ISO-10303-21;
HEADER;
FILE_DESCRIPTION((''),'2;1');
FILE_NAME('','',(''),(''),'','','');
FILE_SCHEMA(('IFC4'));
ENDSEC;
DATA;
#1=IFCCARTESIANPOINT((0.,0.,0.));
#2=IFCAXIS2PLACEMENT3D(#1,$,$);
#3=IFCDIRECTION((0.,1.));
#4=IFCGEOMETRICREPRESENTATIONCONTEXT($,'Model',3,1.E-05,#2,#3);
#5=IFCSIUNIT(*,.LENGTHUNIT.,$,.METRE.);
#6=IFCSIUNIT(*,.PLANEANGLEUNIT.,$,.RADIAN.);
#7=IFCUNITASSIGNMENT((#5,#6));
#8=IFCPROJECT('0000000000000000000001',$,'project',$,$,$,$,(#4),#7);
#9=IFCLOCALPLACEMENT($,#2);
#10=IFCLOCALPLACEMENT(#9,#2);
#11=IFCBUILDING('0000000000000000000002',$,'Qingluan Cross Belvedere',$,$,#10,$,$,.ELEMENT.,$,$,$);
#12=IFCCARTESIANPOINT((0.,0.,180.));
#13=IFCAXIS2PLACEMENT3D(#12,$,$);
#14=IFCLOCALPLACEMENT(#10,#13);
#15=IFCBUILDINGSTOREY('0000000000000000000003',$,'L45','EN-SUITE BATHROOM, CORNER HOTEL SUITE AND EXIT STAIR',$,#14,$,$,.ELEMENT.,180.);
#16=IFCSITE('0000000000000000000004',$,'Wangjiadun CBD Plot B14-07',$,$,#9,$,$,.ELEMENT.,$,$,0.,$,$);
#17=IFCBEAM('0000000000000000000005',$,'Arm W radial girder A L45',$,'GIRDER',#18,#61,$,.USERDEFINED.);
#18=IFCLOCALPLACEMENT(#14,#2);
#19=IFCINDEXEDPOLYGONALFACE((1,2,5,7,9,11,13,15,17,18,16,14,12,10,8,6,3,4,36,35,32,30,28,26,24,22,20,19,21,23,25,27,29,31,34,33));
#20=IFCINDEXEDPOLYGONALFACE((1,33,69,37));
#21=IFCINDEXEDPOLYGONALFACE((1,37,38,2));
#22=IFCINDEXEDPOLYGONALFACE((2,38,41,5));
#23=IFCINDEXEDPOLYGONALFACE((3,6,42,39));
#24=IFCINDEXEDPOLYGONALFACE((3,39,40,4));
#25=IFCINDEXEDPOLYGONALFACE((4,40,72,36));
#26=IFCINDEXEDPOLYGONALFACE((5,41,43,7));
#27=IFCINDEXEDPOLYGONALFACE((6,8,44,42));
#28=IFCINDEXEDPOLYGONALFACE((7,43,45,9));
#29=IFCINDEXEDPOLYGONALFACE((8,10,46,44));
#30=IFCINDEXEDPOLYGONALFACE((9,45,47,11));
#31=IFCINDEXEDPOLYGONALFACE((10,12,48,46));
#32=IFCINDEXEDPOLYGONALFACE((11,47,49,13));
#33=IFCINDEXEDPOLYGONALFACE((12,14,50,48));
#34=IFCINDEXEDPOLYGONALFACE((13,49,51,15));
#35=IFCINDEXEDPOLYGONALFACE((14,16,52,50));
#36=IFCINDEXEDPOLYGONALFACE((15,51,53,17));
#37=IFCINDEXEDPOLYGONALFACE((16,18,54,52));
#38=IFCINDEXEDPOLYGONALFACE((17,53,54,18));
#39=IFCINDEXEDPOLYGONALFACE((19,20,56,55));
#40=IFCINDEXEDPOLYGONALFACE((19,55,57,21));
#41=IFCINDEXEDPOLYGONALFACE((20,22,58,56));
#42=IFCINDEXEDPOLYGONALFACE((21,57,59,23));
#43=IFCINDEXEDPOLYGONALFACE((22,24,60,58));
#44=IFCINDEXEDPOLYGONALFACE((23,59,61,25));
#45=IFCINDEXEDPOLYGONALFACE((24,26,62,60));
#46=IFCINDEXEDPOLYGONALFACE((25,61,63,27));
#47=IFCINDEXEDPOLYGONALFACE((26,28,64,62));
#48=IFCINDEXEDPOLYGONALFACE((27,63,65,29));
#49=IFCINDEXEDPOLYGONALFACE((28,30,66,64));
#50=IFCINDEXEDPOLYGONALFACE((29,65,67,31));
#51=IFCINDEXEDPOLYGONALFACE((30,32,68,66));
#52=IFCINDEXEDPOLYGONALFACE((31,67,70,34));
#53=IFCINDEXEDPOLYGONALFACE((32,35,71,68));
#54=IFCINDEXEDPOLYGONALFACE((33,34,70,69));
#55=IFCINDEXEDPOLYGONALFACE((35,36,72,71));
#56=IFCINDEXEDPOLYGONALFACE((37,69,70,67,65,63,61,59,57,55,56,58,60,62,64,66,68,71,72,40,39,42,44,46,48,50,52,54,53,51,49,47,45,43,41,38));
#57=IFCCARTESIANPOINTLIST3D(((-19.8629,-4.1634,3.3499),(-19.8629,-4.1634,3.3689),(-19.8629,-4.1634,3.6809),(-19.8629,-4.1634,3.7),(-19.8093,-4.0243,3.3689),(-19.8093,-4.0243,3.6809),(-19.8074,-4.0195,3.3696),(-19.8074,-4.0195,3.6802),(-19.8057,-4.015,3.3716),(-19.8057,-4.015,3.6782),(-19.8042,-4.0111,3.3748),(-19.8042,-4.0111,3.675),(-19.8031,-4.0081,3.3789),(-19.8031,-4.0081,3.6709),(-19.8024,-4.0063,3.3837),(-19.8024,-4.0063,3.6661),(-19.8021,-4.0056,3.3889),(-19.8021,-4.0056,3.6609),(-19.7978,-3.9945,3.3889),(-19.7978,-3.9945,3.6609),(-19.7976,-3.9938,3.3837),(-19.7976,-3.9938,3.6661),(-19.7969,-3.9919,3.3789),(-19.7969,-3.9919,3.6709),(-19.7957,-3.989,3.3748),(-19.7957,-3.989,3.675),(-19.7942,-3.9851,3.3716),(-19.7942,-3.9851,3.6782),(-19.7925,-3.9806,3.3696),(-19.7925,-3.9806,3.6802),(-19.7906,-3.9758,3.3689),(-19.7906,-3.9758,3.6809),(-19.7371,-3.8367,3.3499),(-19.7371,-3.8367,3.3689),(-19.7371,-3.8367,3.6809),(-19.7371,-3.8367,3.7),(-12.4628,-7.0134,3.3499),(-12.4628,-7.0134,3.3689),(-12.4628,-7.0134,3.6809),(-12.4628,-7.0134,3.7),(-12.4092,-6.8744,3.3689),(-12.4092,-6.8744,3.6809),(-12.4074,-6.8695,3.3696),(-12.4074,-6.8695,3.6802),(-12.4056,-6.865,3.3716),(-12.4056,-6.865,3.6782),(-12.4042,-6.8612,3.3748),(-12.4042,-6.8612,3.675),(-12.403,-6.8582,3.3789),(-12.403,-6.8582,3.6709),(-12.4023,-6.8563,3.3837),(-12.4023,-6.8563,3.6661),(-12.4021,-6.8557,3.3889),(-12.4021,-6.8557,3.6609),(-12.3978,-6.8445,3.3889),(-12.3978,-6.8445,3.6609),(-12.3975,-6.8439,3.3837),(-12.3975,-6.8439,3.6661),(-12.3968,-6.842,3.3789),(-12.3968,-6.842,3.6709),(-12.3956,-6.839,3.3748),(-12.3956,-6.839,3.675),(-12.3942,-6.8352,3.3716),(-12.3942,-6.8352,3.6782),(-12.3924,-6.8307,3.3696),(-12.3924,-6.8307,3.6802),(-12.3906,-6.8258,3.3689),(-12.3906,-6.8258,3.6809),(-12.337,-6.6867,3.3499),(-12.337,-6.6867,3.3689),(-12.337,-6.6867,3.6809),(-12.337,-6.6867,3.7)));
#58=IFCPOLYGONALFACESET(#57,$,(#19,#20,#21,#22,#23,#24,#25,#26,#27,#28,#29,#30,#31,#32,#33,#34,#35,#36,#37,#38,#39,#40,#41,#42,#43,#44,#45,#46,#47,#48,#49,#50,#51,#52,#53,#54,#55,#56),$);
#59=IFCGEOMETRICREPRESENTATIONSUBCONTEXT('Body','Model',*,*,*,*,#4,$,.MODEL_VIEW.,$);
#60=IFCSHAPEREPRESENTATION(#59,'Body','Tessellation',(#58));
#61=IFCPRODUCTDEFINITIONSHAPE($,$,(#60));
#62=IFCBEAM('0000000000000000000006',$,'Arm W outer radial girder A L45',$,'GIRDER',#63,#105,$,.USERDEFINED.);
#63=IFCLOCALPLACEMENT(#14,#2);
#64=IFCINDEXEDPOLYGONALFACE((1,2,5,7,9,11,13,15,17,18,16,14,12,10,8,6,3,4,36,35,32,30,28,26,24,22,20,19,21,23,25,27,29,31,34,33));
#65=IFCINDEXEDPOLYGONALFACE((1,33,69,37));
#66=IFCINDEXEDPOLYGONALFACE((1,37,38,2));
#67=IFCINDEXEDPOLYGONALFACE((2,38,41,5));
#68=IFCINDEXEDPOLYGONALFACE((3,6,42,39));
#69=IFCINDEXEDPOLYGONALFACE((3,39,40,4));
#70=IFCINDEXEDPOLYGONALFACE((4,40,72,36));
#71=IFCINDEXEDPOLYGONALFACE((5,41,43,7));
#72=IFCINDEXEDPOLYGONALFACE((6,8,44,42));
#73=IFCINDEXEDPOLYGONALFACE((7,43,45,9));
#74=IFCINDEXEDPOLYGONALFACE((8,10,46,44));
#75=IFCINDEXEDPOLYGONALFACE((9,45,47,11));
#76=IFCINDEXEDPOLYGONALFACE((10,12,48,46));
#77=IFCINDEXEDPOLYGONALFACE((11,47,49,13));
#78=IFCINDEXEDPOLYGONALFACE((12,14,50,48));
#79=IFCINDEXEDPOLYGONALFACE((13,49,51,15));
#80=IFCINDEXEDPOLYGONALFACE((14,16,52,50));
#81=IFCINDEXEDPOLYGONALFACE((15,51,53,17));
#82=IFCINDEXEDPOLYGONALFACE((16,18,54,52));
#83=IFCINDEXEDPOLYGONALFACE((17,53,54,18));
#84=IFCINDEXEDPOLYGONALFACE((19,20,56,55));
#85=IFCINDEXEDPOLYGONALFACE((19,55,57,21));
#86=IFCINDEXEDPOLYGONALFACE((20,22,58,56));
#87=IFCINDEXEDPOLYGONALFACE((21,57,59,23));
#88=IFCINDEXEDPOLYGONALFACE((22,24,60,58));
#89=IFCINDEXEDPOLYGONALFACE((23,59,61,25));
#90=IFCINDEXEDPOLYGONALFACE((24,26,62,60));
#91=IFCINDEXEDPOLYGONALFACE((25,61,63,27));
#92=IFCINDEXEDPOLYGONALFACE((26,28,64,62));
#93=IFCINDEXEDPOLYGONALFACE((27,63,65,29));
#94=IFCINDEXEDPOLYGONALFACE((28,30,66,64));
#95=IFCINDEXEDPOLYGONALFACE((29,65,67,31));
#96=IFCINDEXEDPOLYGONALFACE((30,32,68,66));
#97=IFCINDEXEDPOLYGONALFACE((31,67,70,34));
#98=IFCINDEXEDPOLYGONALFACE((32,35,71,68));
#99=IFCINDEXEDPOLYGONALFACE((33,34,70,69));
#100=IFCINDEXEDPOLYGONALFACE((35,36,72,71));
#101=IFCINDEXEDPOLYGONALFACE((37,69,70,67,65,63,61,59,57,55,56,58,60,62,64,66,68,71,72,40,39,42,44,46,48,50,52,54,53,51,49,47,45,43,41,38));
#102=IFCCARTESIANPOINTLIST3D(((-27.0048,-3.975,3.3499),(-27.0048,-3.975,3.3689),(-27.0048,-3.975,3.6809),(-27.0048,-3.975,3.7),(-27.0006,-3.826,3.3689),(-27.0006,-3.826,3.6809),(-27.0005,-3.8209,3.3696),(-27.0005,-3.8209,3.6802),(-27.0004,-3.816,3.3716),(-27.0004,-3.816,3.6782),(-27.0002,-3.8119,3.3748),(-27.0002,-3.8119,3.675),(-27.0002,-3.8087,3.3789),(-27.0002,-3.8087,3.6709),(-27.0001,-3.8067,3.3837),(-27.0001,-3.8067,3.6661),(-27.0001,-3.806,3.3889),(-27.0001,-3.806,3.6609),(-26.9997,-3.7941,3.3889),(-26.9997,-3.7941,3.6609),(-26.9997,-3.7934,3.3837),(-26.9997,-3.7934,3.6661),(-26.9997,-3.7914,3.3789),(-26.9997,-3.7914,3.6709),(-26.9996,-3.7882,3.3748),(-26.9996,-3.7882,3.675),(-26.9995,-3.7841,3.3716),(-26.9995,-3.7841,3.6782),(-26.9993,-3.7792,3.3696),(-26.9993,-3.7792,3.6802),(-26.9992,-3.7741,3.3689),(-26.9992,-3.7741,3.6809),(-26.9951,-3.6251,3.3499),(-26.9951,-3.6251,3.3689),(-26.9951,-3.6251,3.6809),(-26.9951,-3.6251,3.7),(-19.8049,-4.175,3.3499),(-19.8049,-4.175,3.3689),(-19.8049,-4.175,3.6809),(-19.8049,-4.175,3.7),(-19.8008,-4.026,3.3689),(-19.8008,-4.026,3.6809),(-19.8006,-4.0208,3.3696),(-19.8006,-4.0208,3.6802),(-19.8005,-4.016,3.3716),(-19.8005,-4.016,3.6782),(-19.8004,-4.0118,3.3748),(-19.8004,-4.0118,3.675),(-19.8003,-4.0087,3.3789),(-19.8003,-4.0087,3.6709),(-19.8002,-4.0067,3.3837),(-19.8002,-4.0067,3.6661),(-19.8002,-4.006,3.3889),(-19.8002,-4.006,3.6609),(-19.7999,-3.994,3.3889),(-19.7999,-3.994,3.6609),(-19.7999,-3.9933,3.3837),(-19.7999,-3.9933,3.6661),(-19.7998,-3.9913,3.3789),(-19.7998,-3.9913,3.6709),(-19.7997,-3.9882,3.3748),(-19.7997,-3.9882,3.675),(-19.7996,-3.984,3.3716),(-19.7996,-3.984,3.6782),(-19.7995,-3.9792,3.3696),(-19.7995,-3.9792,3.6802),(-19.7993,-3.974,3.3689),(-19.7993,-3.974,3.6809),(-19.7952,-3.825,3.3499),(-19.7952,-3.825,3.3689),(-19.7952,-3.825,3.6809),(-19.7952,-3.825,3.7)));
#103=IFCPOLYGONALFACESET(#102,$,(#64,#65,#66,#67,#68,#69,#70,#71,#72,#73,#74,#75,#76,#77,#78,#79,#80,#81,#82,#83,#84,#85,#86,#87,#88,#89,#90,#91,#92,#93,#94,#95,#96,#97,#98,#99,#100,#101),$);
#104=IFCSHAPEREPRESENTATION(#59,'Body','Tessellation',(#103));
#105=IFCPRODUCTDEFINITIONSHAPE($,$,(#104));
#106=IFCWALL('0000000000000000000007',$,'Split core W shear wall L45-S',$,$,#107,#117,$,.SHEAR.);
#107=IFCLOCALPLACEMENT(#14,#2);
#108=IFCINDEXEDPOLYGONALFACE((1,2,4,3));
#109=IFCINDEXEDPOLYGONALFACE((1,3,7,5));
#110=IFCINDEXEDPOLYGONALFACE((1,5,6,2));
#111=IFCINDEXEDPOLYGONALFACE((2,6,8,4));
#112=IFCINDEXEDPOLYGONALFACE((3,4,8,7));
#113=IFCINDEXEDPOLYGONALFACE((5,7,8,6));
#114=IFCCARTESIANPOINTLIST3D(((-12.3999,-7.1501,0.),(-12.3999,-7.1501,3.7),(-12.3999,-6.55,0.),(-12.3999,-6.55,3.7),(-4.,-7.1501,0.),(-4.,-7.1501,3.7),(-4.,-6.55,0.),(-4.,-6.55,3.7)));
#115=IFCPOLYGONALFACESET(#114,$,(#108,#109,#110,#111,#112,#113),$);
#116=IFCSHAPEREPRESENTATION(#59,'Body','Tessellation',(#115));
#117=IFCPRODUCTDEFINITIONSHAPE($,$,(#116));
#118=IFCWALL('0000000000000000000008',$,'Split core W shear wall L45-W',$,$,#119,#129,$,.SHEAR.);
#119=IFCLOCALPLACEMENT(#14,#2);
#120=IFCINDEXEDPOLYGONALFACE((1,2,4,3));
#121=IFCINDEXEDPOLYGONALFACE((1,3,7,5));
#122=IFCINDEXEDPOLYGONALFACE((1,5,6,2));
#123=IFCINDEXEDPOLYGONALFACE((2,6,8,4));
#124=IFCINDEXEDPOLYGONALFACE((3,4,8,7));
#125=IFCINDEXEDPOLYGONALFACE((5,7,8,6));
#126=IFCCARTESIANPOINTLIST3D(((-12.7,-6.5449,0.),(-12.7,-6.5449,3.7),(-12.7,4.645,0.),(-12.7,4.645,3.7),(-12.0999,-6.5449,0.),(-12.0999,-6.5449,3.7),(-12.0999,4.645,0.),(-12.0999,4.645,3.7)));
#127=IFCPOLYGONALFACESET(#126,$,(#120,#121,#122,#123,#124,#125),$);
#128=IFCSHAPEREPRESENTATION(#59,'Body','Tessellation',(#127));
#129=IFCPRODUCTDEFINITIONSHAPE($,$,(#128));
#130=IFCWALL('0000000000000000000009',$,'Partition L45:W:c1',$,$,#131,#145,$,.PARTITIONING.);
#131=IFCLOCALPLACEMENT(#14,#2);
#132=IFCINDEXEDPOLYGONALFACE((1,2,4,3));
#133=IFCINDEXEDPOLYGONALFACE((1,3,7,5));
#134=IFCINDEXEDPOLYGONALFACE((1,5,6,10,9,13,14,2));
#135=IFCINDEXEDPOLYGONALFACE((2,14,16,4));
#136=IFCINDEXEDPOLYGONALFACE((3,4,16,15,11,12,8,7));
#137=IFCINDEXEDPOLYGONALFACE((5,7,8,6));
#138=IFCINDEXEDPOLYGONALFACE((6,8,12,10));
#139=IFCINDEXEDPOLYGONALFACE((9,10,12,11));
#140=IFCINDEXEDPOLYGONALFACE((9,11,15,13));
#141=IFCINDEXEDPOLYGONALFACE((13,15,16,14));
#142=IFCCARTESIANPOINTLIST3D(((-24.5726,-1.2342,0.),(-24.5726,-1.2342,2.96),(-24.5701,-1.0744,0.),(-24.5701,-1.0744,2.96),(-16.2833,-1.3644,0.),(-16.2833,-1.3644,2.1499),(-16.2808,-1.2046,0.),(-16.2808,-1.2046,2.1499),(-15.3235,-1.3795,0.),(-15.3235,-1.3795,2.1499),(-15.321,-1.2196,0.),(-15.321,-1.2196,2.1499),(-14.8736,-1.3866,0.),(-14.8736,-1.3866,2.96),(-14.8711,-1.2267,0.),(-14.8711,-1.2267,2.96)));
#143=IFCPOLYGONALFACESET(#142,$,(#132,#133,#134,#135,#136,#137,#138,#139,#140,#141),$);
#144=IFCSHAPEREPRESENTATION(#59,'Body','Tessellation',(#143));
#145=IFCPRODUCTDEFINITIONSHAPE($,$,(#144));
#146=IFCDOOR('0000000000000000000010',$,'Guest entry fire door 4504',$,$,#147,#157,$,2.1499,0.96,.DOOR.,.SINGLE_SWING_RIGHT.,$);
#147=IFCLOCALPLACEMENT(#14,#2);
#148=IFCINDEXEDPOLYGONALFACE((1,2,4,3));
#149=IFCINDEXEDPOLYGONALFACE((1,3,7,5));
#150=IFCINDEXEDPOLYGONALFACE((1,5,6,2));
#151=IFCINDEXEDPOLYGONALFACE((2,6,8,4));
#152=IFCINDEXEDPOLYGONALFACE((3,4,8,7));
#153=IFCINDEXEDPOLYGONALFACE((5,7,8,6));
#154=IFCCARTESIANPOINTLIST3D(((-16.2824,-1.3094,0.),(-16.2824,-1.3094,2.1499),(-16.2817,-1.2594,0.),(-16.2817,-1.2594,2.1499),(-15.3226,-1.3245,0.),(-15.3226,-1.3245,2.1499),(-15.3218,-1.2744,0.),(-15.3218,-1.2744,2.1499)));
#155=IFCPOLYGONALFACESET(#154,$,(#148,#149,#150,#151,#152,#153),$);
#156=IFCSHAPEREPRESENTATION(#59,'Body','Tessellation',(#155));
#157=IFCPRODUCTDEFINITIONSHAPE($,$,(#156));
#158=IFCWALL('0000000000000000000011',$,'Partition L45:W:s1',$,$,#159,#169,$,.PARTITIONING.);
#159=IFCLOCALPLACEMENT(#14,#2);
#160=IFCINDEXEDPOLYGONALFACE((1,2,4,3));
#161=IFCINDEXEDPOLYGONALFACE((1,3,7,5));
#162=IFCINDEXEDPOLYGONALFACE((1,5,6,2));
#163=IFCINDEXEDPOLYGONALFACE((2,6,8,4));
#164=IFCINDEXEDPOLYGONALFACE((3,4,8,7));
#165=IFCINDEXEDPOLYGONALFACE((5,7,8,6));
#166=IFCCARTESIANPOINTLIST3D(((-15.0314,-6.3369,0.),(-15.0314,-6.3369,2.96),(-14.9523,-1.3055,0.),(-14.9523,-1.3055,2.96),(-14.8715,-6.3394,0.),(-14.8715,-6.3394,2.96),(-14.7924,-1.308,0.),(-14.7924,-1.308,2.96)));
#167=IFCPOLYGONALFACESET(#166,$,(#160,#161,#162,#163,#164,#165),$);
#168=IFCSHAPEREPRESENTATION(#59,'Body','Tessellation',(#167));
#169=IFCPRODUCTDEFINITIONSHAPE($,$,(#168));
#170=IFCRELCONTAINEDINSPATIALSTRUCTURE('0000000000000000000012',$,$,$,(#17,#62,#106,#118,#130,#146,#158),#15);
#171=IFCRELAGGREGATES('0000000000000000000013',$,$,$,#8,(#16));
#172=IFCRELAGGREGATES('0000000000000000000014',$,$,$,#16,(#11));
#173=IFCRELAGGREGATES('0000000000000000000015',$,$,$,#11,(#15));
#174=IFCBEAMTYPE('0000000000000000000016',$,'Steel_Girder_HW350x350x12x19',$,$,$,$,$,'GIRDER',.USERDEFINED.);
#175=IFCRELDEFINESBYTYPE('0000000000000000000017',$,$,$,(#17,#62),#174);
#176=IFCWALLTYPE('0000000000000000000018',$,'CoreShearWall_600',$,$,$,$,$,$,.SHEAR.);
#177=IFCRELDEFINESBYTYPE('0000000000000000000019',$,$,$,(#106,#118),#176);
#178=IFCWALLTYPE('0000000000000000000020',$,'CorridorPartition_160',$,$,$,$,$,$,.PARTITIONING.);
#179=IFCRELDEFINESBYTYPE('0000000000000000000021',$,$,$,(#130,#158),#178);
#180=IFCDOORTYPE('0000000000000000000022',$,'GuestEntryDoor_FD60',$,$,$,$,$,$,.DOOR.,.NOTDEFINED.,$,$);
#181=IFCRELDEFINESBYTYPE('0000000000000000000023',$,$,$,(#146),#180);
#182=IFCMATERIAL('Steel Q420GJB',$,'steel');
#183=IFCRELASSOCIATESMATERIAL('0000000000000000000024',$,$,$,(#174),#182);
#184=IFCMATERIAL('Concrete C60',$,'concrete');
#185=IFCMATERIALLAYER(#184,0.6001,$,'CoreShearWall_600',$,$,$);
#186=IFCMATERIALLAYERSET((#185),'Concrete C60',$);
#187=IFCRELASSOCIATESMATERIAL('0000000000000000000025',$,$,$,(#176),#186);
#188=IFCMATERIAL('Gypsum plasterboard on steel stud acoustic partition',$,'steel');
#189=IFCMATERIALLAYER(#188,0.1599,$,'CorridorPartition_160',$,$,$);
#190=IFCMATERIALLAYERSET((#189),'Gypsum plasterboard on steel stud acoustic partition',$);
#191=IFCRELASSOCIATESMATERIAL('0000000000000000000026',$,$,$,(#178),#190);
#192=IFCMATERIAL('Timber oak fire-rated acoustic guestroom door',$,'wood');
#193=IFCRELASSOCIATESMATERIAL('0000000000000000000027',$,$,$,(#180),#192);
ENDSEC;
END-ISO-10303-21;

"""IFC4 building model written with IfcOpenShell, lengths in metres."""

from ifc_helpers import new_model, si_unit, direction, frame, frame_2d, origin, origin_2d, place, context, subcontext, project, spatial, rectangle, i_section, extrude, material, layer, layer_set, material_profile, profile_set, type_object, element, fill, save


model = new_model("IFC4")

# Units and contexts
model_context = context("Model", 3, precision=1e-05, world=origin(), true_north=direction((0.0, 1.0)))
body_context = subcontext(model_context, "Body", "Model", "MODEL_VIEW")
ifc_project = project(units=[si_unit("LENGTHUNIT", "METRE"), si_unit("PLANEANGLEUNIT", "RADIAN")], contexts=[model_context])

# Site, building, storey
site_placement = place(None, origin())
site = spatial("IfcSite", under=ifc_project, at=site_placement, Name="Wangjiadun CBD Plot B14-07", CompositionType="ELEMENT", RefElevation=0.0)
building_placement = place(site_placement, origin())
building = spatial("IfcBuilding", under=site, at=building_placement, Name="Qingluan Cross Belvedere", CompositionType="ELEMENT")
storey_placement = place(building_placement, frame((0.0, 0.0, 180.0)))
storey = spatial("IfcBuildingStorey", under=building, at=storey_placement, Name="L45", Description="EN-SUITE BATHROOM, CORNER HOTEL SUITE AND EXIT STAIR", CompositionType="ELEMENT", Elevation=180.0)

# Beams
ifc_material_1 = material(Name="Steel Q420GJB", Category="steel")
ifc_material_profile_1 = material_profile(ifc_material_1, i_section(OverallWidth=0.3501, OverallDepth=0.3501, WebThickness=0.012, FlangeThickness=0.019, FilletRadius=0.02, at=origin_2d()), Name="HW350x350x12x19")
ifc_profile_set_1 = profile_set([ifc_material_profile_1], Name="Steel Q420GJB")
beam_type_1 = type_object("IfcBeamType", Name="Steel_Girder_HW350x350x12x19", ElementType="GIRDER", PredefinedType="USERDEFINED", material=ifc_profile_set_1)
beam_1_placement = place(storey_placement, frame((-12.3999, -6.8501, 3.5249), z_axis=(-0.933181, 0.359406, 0.0), x_axis=(-0.359406, -0.933181, 0.0)))
element("IfcBeam", 1, at=beam_1_placement, inside=storey, type_object=beam_type_1, Name="Arm W radial girder A L45", ObjectType="GIRDER", PredefinedType="USERDEFINED", context=body_context, shape_type="SweptSolid", body=[
    extrude(i_section(OverallWidth=0.3501, OverallDepth=0.3501, WebThickness=0.012, FlangeThickness=0.019, FilletRadius=0.02, at=origin_2d()), origin(), (0.0, 0.0, 1.0), 7.9299),
])
beam_2_placement = place(storey_placement, frame((-19.8, -4.0, 3.5249), z_axis=(-0.999615, 0.02776, 0.0), x_axis=(-0.02776, -0.999615, 0.0)))
element("IfcBeam", 2, at=beam_2_placement, inside=storey, type_object=beam_type_1, Name="Arm W outer radial girder A L45", ObjectType="GIRDER", PredefinedType="USERDEFINED", context=body_context, shape_type="SweptSolid", body=[
    extrude(i_section(OverallWidth=0.3501, OverallDepth=0.3501, WebThickness=0.012, FlangeThickness=0.019, FilletRadius=0.02, at=origin_2d()), origin(), (0.0, 0.0, 1.0), 7.2026),
])

# Walls
ifc_material_2 = material(Name="Concrete C60", Category="concrete")
ifc_layer_1 = layer(ifc_material_2, 0.6001, Name="CoreShearWall_600")
ifc_layer_set_1 = layer_set([ifc_layer_1], Name="Concrete C60")
wall_type_1 = type_object("IfcWallType", Name="CoreShearWall_600", PredefinedType="SHEAR", material=ifc_layer_set_1)
wall_1_placement = place(storey_placement, frame((-12.3999, -6.8501, 0.0), z_axis=(0.0, 0.0, 1.0), x_axis=(1.0, 0.0, 0.0)))
element("IfcWall", 3, at=wall_1_placement, inside=storey, type_object=wall_type_1, Name="Split core W shear wall L45-S", PredefinedType="SHEAR", context=body_context, shape_type="SweptSolid", body=[
    extrude(rectangle(XDim=8.3999, YDim=0.6001, at=frame_2d((4.2, 0.0))), origin(), (0.0, 0.0, 1.0), 3.7),
])
wall_2_placement = place(storey_placement, frame((-12.3999, -6.5449, 0.0), z_axis=(0.0, 0.0, 1.0), x_axis=(0.0, 1.0, 0.0)))
element("IfcWall", 4, at=wall_2_placement, inside=storey, type_object=wall_type_1, Name="Split core W shear wall L45-W", PredefinedType="SHEAR", context=body_context, shape_type="SweptSolid", body=[
    extrude(rectangle(XDim=11.1899, YDim=0.6001, at=frame_2d((5.595, 0.0))), origin(), (0.0, 0.0, 1.0), 3.7),
])

# Wall, opening, door
ifc_material_3 = material(Name="Gypsum plasterboard on steel stud acoustic partition", Category="steel")
ifc_layer_2 = layer(ifc_material_3, 0.1599, Name="CorridorPartition_160")
ifc_layer_set_2 = layer_set([ifc_layer_2], Name="Gypsum plasterboard on steel stud acoustic partition")
wall_type_2 = type_object("IfcWallType", Name="CorridorPartition_160", PredefinedType="PARTITIONING", material=ifc_layer_set_2)
wall_3_placement = place(storey_placement, frame((-14.8723, -1.3066, 0.0), z_axis=(0.0, 0.0, 1.0), x_axis=(-0.999877, 0.015705, 0.0)))
wall_3 = element("IfcWall", 5, at=wall_3_placement, inside=storey, type_object=wall_type_2, Name="Partition L45:W:c1", PredefinedType="PARTITIONING", context=body_context, shape_type="SweptSolid", body=[
    extrude(rectangle(XDim=9.7002, YDim=0.1599, at=frame_2d((4.8501, 0.0))), origin(), (0.0, 0.0, 1.0), 2.96),
])
opening_1_placement = place(wall_3_placement, frame((0.45, 0.0, 0.0)))
opening_1 = element("IfcOpeningElement", 6, at=opening_1_placement, cuts=wall_3, PredefinedType="OPENING", context=body_context, shape_type="SweptSolid", body=[
    extrude(rectangle(XDim=0.96, YDim=2.1499, at=frame_2d((0.48, 1.075))), frame((0.0, 0.0898, 0.0), z_axis=(0.0, -1.0, 0.0), x_axis=(1.0, 0.0, 0.0)), (0.0, 0.0, 1.0), 0.1799),
])
ifc_material_4 = material(Name="Timber oak fire-rated acoustic guestroom door", Category="wood")
door_type_1 = type_object("IfcDoorType", Name="GuestEntryDoor_FD60", OperationType="NOTDEFINED", PredefinedType="DOOR", material=ifc_material_4)
door_1_placement = place(opening_1_placement, origin())
door_1 = element("IfcDoor", 7, at=door_1_placement, inside=storey, type_object=door_type_1, Name="Guest entry fire door 4504", OperationType="SINGLE_SWING_RIGHT", OverallHeight=2.1499, OverallWidth=0.96, PredefinedType="DOOR", context=body_context, shape_type="SweptSolid", body=[
    extrude(rectangle(XDim=0.96, YDim=2.1499, at=frame_2d((0.48, 1.075))), frame((0.0, 0.0249, 0.0), z_axis=(0.0, -1.0, 0.0), x_axis=(1.0, 0.0, 0.0)), (0.0, 0.0, 1.0), 0.05),
])
fill(opening_1, door_1)

# Wall
wall_4_placement = place(storey_placement, frame((-14.8723, -1.3066, 0.0), z_axis=(0.0, 0.0, 1.0), x_axis=(-0.01572, -0.999876, 0.0)))
element("IfcWall", 8, at=wall_4_placement, inside=storey, type_object=wall_type_2, Name="Partition L45:W:s1", PredefinedType="PARTITIONING", context=body_context, shape_type="SweptSolid", body=[
    extrude(rectangle(XDim=5.032, YDim=0.1599, at=frame_2d((2.5161, 0.0))), origin(), (0.0, 0.0, 1.0), 2.96),
])

save(model, "model.ifc")
